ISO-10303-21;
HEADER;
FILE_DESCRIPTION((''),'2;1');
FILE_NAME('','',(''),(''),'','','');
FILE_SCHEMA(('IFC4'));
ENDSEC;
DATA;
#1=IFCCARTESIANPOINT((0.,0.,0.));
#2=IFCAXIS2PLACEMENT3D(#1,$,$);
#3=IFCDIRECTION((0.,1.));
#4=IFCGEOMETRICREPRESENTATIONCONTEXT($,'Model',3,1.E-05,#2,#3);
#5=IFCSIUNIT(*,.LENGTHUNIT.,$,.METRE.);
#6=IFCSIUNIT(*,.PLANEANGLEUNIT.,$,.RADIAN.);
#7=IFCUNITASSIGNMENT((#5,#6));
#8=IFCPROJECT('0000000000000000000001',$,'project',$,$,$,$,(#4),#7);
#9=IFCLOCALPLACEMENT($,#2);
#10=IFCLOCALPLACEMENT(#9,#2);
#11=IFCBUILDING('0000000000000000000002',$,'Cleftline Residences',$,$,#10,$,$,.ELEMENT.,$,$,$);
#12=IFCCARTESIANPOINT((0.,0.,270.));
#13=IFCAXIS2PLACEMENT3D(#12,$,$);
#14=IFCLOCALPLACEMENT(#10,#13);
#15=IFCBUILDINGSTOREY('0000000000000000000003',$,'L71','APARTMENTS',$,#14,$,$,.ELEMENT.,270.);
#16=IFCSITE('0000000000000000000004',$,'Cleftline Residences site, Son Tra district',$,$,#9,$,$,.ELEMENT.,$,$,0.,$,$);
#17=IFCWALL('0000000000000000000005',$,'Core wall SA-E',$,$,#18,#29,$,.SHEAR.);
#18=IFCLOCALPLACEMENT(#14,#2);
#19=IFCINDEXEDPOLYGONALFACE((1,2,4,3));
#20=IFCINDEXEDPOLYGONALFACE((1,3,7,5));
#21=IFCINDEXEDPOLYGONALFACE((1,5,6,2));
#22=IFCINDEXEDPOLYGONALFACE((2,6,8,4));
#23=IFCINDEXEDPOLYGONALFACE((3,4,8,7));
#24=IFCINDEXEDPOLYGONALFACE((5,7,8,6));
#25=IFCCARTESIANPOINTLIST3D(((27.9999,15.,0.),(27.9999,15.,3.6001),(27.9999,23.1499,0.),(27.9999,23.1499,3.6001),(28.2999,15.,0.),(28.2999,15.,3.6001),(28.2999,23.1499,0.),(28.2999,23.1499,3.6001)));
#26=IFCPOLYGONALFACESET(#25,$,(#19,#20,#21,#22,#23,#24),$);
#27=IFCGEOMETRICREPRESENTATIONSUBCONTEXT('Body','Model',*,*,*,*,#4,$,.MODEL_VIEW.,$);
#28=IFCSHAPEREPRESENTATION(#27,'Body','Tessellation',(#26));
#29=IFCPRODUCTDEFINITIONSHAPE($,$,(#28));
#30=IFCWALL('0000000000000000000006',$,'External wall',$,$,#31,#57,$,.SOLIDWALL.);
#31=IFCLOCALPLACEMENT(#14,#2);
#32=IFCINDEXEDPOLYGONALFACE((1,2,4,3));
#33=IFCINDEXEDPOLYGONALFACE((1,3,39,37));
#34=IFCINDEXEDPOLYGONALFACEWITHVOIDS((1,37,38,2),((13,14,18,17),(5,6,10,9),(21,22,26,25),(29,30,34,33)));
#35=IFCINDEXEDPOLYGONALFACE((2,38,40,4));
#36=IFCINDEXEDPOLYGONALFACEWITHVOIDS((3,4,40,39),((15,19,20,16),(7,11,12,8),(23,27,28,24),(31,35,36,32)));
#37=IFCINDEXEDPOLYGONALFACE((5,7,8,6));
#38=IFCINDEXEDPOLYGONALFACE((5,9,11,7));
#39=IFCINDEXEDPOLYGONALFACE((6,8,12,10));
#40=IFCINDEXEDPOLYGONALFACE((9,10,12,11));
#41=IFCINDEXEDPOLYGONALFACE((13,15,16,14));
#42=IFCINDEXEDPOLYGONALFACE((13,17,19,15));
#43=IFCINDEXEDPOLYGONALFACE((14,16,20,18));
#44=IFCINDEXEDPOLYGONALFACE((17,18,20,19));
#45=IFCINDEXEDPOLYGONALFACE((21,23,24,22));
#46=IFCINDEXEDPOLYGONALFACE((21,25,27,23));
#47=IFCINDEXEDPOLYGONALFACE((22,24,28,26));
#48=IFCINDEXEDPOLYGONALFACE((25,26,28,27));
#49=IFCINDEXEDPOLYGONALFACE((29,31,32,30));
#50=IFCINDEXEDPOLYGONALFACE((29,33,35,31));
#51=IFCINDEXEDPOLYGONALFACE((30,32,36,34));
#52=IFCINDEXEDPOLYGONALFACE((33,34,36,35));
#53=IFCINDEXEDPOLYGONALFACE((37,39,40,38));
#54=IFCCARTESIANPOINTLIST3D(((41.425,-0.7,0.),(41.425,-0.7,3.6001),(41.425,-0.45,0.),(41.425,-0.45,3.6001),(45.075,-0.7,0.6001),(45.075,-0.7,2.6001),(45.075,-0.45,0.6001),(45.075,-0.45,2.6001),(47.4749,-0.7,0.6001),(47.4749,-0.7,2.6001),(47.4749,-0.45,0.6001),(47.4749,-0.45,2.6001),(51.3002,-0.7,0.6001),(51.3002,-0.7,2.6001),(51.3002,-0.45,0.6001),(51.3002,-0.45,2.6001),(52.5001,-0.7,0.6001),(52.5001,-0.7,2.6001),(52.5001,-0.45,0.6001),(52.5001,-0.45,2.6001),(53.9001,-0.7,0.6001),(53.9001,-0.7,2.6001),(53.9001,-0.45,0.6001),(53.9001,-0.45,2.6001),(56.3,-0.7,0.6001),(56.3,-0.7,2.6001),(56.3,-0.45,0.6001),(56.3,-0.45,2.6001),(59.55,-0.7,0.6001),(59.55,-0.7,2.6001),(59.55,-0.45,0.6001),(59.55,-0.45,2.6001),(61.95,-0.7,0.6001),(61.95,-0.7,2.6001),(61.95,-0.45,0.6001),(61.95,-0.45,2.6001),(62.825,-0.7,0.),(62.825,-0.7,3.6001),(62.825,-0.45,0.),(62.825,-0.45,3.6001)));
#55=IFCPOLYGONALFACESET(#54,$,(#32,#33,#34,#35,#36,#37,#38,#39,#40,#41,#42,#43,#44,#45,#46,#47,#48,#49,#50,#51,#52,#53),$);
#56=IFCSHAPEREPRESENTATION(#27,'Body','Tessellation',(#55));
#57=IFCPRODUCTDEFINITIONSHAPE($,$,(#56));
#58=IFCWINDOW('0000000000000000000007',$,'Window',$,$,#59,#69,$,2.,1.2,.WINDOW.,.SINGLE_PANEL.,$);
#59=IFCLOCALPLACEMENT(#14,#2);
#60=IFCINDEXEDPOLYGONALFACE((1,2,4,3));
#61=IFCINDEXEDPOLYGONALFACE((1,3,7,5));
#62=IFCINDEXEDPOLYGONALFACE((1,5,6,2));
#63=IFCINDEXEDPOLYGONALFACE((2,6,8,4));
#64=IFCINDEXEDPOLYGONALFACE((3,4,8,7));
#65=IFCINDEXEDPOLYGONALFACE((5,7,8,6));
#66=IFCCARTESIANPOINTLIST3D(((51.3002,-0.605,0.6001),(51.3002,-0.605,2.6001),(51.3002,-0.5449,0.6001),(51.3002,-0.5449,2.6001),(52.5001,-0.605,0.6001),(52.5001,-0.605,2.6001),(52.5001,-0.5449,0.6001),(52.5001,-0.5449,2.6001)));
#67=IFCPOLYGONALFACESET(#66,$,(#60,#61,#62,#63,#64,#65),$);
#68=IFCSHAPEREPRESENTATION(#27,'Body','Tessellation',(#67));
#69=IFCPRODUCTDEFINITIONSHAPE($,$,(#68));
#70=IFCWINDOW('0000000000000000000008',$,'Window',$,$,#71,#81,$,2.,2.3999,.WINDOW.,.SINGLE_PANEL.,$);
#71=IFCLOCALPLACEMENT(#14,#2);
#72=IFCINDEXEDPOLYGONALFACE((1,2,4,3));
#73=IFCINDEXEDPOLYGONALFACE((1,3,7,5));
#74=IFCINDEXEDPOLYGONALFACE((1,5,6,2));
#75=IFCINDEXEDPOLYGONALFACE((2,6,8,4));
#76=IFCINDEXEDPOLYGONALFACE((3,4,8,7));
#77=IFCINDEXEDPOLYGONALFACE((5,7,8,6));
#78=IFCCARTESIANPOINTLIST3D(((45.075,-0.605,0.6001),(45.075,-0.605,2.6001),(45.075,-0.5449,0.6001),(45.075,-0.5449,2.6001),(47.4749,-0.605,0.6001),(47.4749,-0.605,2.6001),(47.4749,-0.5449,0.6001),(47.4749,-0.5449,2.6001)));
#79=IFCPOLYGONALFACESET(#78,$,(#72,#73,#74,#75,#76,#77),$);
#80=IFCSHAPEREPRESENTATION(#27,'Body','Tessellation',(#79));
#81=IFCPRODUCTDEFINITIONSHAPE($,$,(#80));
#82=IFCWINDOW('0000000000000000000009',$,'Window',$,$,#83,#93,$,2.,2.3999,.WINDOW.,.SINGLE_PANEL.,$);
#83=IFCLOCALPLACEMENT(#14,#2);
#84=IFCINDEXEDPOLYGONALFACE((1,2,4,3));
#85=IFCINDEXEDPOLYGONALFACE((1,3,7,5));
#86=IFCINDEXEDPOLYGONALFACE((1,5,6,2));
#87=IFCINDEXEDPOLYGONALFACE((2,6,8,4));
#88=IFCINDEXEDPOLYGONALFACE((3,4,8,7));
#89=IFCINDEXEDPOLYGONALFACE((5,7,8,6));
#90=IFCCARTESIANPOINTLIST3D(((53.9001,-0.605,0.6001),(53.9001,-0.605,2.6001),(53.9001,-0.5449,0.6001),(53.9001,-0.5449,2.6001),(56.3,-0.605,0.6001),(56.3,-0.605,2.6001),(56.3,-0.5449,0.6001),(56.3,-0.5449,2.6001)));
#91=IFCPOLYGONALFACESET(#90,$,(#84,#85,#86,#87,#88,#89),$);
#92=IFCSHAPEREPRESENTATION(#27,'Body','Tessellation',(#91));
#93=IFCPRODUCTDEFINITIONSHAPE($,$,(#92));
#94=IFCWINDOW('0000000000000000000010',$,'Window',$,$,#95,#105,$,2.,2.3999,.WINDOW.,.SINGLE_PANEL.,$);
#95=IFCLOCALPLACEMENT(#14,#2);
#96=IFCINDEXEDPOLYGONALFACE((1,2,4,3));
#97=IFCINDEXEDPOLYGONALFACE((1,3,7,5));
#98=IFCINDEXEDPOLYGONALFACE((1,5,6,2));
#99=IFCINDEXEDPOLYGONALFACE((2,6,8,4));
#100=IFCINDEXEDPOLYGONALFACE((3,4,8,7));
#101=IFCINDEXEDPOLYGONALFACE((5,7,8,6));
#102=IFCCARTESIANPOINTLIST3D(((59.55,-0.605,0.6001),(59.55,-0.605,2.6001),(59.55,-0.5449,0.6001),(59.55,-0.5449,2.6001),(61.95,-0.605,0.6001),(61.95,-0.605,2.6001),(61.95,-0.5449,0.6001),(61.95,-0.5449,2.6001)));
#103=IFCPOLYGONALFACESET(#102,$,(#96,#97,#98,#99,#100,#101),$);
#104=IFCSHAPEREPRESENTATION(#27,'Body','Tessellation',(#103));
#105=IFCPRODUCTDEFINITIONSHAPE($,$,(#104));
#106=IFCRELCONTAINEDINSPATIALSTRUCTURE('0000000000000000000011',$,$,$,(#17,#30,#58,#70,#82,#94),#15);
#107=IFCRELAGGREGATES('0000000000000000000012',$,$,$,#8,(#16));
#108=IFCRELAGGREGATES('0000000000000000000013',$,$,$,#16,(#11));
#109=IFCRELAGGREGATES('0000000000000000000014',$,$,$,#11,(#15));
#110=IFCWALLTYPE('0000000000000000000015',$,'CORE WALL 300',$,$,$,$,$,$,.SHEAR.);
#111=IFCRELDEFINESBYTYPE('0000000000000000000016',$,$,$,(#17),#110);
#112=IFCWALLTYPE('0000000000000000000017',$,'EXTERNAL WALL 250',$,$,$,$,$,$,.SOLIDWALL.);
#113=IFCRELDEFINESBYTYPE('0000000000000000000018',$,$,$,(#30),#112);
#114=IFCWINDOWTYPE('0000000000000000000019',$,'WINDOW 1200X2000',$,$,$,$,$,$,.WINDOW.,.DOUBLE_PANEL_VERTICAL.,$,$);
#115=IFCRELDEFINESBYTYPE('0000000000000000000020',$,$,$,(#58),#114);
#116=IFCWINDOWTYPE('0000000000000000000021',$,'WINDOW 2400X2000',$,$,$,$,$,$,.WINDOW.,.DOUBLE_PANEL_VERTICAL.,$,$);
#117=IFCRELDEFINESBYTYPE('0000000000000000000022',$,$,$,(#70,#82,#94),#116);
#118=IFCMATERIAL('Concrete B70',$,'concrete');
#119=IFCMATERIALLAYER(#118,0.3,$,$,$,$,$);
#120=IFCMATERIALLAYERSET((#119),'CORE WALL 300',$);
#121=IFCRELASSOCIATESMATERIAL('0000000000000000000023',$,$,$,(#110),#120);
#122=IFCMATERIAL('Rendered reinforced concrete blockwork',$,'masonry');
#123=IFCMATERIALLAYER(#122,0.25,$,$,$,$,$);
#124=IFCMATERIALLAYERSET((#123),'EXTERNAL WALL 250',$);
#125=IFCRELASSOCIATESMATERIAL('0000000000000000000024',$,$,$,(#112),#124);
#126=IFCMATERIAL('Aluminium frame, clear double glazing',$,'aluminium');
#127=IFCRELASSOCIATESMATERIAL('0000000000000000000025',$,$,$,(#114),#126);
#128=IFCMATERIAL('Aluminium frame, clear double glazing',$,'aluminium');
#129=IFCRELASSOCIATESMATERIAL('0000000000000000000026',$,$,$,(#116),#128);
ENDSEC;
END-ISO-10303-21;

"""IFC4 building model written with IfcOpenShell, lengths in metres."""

from ifc_helpers import new_model, si_unit, direction, frame, frame_2d, origin, place, context, subcontext, project, spatial, rectangle, extrude, material, layer, layer_set, type_object, element, fill, save


model = new_model("IFC4")

# Units and contexts
model_context = context("Model", 3, precision=1e-05, world=origin(), true_north=direction((0.0, 1.0)))
body_context = subcontext(model_context, "Body", "Model", "MODEL_VIEW")
ifc_project = project(units=[si_unit("LENGTHUNIT", "METRE"), si_unit("PLANEANGLEUNIT", "RADIAN")], contexts=[model_context])

# Site, building, storey
site_placement = place(None, origin())
site = spatial("IfcSite", under=ifc_project, at=site_placement, Name="Cleftline Residences site, Son Tra district", CompositionType="ELEMENT", RefElevation=0.0)
building_placement = place(site_placement, origin())
building = spatial("IfcBuilding", under=site, at=building_placement, Name="Cleftline Residences", CompositionType="ELEMENT")
storey_placement = place(building_placement, frame((0.0, 0.0, 270.0)))
storey = spatial("IfcBuildingStorey", under=building, at=storey_placement, Name="L71", Description="APARTMENTS", CompositionType="ELEMENT", Elevation=270.0)

# Wall
ifc_material_1 = material(Name="Concrete B70", Category="concrete")
ifc_layer_1 = layer(ifc_material_1, 0.3)
ifc_layer_set_1 = layer_set([ifc_layer_1], Name="CORE WALL 300")
wall_type_1 = type_object("IfcWallType", Name="CORE WALL 300", PredefinedType="SHEAR", material=ifc_layer_set_1)
wall_1_placement = place(storey_placement, frame((28.1499, 15.0, 0.0), z_axis=(0.0, 0.0, 1.0), x_axis=(0.0, 1.0, 0.0)))
element("IfcWall", 1, at=wall_1_placement, inside=storey, type_object=wall_type_1, Name="Core wall SA-E", PredefinedType="SHEAR", context=body_context, shape_type="SweptSolid", body=[
    extrude(rectangle(XDim=8.1499, YDim=0.3, at=frame_2d((4.075, 0.0))), origin(), (0.0, 0.0, 1.0), 3.6001),
])

# Wall, openings, windows
ifc_material_2 = material(Name="Rendered reinforced concrete blockwork", Category="masonry")
ifc_layer_2 = layer(ifc_material_2, 0.25)
ifc_layer_set_2 = layer_set([ifc_layer_2], Name="EXTERNAL WALL 250")
wall_type_2 = type_object("IfcWallType", Name="EXTERNAL WALL 250", PredefinedType="SOLIDWALL", material=ifc_layer_set_2)
wall_2_placement = place(storey_placement, frame((41.425, -0.575, 0.0), z_axis=(0.0, 0.0, 1.0), x_axis=(1.0, 0.0, 0.0)))
wall_2 = element("IfcWall", 2, at=wall_2_placement, inside=storey, type_object=wall_type_2, Name="External wall", PredefinedType="SOLIDWALL", context=body_context, shape_type="SweptSolid", body=[
    extrude(rectangle(XDim=21.3999, YDim=0.25, at=frame_2d((10.7, 0.0))), origin(), (0.0, 0.0, 1.0), 3.6001),
])
opening_1_placement = place(wall_2_placement, frame((3.6499, 0.0, 0.6001)))
opening_1 = element("IfcOpeningElement", 3, at=opening_1_placement, cuts=wall_2, PredefinedType="OPENING", context=body_context, shape_type="SweptSolid", body=[
    extrude(rectangle(XDim=2.3999, YDim=2.0, at=frame_2d((1.2, 1.0))), frame((0.0, 0.135, 0.0), z_axis=(0.0, -1.0, 0.0), x_axis=(1.0, 0.0, 0.0)), (0.0, 0.0, 1.0), 0.27),
])
opening_2_placement = place(wall_2_placement, frame((9.875, 0.0, 0.6001)))
opening_2 = element("IfcOpeningElement", 4, at=opening_2_placement, cuts=wall_2, PredefinedType="OPENING", context=body_context, shape_type="SweptSolid", body=[
    extrude(rectangle(XDim=1.2, YDim=2.0, at=frame_2d((0.6001, 1.0))), frame((0.0, 0.135, 0.0), z_axis=(0.0, -1.0, 0.0), x_axis=(1.0, 0.0, 0.0)), (0.0, 0.0, 1.0), 0.27),
])
opening_3_placement = place(wall_2_placement, frame((12.4751, 0.0, 0.6001)))
opening_3 = element("IfcOpeningElement", 5, at=opening_3_placement, cuts=wall_2, PredefinedType="OPENING", context=body_context, shape_type="SweptSolid", body=[
    extrude(rectangle(XDim=2.3999, YDim=2.0, at=frame_2d((1.2, 1.0))), frame((0.0, 0.135, 0.0), z_axis=(0.0, -1.0, 0.0), x_axis=(1.0, 0.0, 0.0)), (0.0, 0.0, 1.0), 0.27),
])
opening_4_placement = place(wall_2_placement, frame((18.125, 0.0, 0.6001)))
opening_4 = element("IfcOpeningElement", 6, at=opening_4_placement, cuts=wall_2, PredefinedType="OPENING", context=body_context, shape_type="SweptSolid", body=[
    extrude(rectangle(XDim=2.3999, YDim=2.0, at=frame_2d((1.2, 1.0))), frame((0.0, 0.135, 0.0), z_axis=(0.0, -1.0, 0.0), x_axis=(1.0, 0.0, 0.0)), (0.0, 0.0, 1.0), 0.27),
])
ifc_material_3 = material(Name="Aluminium frame, clear double glazing", Category="aluminium")
window_type_1 = type_object("IfcWindowType", Name="WINDOW 1200X2000", PartitioningType="DOUBLE_PANEL_VERTICAL", PredefinedType="WINDOW", material=ifc_material_3)
window_1_placement = place(opening_2_placement, origin())
window_1 = element("IfcWindow", 7, at=window_1_placement, inside=storey, type_object=window_type_1, Name="Window", OverallHeight=2.0, OverallWidth=1.2, PartitioningType="SINGLE_PANEL", PredefinedType="WINDOW", context=body_context, shape_type="SweptSolid", body=[
    extrude(rectangle(XDim=1.2, YDim=2.0, at=frame_2d((0.6001, 1.0))), frame((0.0, 0.03, 0.0), z_axis=(0.0, -1.0, 0.0), x_axis=(1.0, 0.0, 0.0)), (0.0, 0.0, 1.0), 0.0601),
])
fill(opening_2, window_1)
ifc_material_4 = material(Name="Aluminium frame, clear double glazing", Category="aluminium")
window_type_2 = type_object("IfcWindowType", Name="WINDOW 2400X2000", PartitioningType="DOUBLE_PANEL_VERTICAL", PredefinedType="WINDOW", material=ifc_material_4)
window_2_placement = place(opening_1_placement, origin())
window_2 = element("IfcWindow", 8, at=window_2_placement, inside=storey, type_object=window_type_2, Name="Window", OverallHeight=2.0, OverallWidth=2.3999, PartitioningType="SINGLE_PANEL", PredefinedType="WINDOW", context=body_context, shape_type="SweptSolid", body=[
    extrude(rectangle(XDim=2.3999, YDim=2.0, at=frame_2d((1.2, 1.0))), frame((0.0, 0.03, 0.0), z_axis=(0.0, -1.0, 0.0), x_axis=(1.0, 0.0, 0.0)), (0.0, 0.0, 1.0), 0.0601),
])
fill(opening_1, window_2)
window_3_placement = place(opening_3_placement, origin())
window_3 = element("IfcWindow", 9, at=window_3_placement, inside=storey, type_object=window_type_2, Name="Window", OverallHeight=2.0, OverallWidth=2.3999, PartitioningType="SINGLE_PANEL", PredefinedType="WINDOW", context=body_context, shape_type="SweptSolid", body=[
    extrude(rectangle(XDim=2.3999, YDim=2.0, at=frame_2d((1.2, 1.0))), frame((0.0, 0.03, 0.0), z_axis=(0.0, -1.0, 0.0), x_axis=(1.0, 0.0, 0.0)), (0.0, 0.0, 1.0), 0.0601),
])
fill(opening_3, window_3)
window_4_placement = place(opening_4_placement, origin())
window_4 = element("IfcWindow", 10, at=window_4_placement, inside=storey, type_object=window_type_2, Name="Window", OverallHeight=2.0, OverallWidth=2.3999, PartitioningType="SINGLE_PANEL", PredefinedType="WINDOW", context=body_context, shape_type="SweptSolid", body=[
    extrude(rectangle(XDim=2.3999, YDim=2.0, at=frame_2d((1.2, 1.0))), frame((0.0, 0.03, 0.0), z_axis=(0.0, -1.0, 0.0), x_axis=(1.0, 0.0, 0.0)), (0.0, 0.0, 1.0), 0.0601),
])
fill(opening_4, window_4)

save(model, "model.ifc")
